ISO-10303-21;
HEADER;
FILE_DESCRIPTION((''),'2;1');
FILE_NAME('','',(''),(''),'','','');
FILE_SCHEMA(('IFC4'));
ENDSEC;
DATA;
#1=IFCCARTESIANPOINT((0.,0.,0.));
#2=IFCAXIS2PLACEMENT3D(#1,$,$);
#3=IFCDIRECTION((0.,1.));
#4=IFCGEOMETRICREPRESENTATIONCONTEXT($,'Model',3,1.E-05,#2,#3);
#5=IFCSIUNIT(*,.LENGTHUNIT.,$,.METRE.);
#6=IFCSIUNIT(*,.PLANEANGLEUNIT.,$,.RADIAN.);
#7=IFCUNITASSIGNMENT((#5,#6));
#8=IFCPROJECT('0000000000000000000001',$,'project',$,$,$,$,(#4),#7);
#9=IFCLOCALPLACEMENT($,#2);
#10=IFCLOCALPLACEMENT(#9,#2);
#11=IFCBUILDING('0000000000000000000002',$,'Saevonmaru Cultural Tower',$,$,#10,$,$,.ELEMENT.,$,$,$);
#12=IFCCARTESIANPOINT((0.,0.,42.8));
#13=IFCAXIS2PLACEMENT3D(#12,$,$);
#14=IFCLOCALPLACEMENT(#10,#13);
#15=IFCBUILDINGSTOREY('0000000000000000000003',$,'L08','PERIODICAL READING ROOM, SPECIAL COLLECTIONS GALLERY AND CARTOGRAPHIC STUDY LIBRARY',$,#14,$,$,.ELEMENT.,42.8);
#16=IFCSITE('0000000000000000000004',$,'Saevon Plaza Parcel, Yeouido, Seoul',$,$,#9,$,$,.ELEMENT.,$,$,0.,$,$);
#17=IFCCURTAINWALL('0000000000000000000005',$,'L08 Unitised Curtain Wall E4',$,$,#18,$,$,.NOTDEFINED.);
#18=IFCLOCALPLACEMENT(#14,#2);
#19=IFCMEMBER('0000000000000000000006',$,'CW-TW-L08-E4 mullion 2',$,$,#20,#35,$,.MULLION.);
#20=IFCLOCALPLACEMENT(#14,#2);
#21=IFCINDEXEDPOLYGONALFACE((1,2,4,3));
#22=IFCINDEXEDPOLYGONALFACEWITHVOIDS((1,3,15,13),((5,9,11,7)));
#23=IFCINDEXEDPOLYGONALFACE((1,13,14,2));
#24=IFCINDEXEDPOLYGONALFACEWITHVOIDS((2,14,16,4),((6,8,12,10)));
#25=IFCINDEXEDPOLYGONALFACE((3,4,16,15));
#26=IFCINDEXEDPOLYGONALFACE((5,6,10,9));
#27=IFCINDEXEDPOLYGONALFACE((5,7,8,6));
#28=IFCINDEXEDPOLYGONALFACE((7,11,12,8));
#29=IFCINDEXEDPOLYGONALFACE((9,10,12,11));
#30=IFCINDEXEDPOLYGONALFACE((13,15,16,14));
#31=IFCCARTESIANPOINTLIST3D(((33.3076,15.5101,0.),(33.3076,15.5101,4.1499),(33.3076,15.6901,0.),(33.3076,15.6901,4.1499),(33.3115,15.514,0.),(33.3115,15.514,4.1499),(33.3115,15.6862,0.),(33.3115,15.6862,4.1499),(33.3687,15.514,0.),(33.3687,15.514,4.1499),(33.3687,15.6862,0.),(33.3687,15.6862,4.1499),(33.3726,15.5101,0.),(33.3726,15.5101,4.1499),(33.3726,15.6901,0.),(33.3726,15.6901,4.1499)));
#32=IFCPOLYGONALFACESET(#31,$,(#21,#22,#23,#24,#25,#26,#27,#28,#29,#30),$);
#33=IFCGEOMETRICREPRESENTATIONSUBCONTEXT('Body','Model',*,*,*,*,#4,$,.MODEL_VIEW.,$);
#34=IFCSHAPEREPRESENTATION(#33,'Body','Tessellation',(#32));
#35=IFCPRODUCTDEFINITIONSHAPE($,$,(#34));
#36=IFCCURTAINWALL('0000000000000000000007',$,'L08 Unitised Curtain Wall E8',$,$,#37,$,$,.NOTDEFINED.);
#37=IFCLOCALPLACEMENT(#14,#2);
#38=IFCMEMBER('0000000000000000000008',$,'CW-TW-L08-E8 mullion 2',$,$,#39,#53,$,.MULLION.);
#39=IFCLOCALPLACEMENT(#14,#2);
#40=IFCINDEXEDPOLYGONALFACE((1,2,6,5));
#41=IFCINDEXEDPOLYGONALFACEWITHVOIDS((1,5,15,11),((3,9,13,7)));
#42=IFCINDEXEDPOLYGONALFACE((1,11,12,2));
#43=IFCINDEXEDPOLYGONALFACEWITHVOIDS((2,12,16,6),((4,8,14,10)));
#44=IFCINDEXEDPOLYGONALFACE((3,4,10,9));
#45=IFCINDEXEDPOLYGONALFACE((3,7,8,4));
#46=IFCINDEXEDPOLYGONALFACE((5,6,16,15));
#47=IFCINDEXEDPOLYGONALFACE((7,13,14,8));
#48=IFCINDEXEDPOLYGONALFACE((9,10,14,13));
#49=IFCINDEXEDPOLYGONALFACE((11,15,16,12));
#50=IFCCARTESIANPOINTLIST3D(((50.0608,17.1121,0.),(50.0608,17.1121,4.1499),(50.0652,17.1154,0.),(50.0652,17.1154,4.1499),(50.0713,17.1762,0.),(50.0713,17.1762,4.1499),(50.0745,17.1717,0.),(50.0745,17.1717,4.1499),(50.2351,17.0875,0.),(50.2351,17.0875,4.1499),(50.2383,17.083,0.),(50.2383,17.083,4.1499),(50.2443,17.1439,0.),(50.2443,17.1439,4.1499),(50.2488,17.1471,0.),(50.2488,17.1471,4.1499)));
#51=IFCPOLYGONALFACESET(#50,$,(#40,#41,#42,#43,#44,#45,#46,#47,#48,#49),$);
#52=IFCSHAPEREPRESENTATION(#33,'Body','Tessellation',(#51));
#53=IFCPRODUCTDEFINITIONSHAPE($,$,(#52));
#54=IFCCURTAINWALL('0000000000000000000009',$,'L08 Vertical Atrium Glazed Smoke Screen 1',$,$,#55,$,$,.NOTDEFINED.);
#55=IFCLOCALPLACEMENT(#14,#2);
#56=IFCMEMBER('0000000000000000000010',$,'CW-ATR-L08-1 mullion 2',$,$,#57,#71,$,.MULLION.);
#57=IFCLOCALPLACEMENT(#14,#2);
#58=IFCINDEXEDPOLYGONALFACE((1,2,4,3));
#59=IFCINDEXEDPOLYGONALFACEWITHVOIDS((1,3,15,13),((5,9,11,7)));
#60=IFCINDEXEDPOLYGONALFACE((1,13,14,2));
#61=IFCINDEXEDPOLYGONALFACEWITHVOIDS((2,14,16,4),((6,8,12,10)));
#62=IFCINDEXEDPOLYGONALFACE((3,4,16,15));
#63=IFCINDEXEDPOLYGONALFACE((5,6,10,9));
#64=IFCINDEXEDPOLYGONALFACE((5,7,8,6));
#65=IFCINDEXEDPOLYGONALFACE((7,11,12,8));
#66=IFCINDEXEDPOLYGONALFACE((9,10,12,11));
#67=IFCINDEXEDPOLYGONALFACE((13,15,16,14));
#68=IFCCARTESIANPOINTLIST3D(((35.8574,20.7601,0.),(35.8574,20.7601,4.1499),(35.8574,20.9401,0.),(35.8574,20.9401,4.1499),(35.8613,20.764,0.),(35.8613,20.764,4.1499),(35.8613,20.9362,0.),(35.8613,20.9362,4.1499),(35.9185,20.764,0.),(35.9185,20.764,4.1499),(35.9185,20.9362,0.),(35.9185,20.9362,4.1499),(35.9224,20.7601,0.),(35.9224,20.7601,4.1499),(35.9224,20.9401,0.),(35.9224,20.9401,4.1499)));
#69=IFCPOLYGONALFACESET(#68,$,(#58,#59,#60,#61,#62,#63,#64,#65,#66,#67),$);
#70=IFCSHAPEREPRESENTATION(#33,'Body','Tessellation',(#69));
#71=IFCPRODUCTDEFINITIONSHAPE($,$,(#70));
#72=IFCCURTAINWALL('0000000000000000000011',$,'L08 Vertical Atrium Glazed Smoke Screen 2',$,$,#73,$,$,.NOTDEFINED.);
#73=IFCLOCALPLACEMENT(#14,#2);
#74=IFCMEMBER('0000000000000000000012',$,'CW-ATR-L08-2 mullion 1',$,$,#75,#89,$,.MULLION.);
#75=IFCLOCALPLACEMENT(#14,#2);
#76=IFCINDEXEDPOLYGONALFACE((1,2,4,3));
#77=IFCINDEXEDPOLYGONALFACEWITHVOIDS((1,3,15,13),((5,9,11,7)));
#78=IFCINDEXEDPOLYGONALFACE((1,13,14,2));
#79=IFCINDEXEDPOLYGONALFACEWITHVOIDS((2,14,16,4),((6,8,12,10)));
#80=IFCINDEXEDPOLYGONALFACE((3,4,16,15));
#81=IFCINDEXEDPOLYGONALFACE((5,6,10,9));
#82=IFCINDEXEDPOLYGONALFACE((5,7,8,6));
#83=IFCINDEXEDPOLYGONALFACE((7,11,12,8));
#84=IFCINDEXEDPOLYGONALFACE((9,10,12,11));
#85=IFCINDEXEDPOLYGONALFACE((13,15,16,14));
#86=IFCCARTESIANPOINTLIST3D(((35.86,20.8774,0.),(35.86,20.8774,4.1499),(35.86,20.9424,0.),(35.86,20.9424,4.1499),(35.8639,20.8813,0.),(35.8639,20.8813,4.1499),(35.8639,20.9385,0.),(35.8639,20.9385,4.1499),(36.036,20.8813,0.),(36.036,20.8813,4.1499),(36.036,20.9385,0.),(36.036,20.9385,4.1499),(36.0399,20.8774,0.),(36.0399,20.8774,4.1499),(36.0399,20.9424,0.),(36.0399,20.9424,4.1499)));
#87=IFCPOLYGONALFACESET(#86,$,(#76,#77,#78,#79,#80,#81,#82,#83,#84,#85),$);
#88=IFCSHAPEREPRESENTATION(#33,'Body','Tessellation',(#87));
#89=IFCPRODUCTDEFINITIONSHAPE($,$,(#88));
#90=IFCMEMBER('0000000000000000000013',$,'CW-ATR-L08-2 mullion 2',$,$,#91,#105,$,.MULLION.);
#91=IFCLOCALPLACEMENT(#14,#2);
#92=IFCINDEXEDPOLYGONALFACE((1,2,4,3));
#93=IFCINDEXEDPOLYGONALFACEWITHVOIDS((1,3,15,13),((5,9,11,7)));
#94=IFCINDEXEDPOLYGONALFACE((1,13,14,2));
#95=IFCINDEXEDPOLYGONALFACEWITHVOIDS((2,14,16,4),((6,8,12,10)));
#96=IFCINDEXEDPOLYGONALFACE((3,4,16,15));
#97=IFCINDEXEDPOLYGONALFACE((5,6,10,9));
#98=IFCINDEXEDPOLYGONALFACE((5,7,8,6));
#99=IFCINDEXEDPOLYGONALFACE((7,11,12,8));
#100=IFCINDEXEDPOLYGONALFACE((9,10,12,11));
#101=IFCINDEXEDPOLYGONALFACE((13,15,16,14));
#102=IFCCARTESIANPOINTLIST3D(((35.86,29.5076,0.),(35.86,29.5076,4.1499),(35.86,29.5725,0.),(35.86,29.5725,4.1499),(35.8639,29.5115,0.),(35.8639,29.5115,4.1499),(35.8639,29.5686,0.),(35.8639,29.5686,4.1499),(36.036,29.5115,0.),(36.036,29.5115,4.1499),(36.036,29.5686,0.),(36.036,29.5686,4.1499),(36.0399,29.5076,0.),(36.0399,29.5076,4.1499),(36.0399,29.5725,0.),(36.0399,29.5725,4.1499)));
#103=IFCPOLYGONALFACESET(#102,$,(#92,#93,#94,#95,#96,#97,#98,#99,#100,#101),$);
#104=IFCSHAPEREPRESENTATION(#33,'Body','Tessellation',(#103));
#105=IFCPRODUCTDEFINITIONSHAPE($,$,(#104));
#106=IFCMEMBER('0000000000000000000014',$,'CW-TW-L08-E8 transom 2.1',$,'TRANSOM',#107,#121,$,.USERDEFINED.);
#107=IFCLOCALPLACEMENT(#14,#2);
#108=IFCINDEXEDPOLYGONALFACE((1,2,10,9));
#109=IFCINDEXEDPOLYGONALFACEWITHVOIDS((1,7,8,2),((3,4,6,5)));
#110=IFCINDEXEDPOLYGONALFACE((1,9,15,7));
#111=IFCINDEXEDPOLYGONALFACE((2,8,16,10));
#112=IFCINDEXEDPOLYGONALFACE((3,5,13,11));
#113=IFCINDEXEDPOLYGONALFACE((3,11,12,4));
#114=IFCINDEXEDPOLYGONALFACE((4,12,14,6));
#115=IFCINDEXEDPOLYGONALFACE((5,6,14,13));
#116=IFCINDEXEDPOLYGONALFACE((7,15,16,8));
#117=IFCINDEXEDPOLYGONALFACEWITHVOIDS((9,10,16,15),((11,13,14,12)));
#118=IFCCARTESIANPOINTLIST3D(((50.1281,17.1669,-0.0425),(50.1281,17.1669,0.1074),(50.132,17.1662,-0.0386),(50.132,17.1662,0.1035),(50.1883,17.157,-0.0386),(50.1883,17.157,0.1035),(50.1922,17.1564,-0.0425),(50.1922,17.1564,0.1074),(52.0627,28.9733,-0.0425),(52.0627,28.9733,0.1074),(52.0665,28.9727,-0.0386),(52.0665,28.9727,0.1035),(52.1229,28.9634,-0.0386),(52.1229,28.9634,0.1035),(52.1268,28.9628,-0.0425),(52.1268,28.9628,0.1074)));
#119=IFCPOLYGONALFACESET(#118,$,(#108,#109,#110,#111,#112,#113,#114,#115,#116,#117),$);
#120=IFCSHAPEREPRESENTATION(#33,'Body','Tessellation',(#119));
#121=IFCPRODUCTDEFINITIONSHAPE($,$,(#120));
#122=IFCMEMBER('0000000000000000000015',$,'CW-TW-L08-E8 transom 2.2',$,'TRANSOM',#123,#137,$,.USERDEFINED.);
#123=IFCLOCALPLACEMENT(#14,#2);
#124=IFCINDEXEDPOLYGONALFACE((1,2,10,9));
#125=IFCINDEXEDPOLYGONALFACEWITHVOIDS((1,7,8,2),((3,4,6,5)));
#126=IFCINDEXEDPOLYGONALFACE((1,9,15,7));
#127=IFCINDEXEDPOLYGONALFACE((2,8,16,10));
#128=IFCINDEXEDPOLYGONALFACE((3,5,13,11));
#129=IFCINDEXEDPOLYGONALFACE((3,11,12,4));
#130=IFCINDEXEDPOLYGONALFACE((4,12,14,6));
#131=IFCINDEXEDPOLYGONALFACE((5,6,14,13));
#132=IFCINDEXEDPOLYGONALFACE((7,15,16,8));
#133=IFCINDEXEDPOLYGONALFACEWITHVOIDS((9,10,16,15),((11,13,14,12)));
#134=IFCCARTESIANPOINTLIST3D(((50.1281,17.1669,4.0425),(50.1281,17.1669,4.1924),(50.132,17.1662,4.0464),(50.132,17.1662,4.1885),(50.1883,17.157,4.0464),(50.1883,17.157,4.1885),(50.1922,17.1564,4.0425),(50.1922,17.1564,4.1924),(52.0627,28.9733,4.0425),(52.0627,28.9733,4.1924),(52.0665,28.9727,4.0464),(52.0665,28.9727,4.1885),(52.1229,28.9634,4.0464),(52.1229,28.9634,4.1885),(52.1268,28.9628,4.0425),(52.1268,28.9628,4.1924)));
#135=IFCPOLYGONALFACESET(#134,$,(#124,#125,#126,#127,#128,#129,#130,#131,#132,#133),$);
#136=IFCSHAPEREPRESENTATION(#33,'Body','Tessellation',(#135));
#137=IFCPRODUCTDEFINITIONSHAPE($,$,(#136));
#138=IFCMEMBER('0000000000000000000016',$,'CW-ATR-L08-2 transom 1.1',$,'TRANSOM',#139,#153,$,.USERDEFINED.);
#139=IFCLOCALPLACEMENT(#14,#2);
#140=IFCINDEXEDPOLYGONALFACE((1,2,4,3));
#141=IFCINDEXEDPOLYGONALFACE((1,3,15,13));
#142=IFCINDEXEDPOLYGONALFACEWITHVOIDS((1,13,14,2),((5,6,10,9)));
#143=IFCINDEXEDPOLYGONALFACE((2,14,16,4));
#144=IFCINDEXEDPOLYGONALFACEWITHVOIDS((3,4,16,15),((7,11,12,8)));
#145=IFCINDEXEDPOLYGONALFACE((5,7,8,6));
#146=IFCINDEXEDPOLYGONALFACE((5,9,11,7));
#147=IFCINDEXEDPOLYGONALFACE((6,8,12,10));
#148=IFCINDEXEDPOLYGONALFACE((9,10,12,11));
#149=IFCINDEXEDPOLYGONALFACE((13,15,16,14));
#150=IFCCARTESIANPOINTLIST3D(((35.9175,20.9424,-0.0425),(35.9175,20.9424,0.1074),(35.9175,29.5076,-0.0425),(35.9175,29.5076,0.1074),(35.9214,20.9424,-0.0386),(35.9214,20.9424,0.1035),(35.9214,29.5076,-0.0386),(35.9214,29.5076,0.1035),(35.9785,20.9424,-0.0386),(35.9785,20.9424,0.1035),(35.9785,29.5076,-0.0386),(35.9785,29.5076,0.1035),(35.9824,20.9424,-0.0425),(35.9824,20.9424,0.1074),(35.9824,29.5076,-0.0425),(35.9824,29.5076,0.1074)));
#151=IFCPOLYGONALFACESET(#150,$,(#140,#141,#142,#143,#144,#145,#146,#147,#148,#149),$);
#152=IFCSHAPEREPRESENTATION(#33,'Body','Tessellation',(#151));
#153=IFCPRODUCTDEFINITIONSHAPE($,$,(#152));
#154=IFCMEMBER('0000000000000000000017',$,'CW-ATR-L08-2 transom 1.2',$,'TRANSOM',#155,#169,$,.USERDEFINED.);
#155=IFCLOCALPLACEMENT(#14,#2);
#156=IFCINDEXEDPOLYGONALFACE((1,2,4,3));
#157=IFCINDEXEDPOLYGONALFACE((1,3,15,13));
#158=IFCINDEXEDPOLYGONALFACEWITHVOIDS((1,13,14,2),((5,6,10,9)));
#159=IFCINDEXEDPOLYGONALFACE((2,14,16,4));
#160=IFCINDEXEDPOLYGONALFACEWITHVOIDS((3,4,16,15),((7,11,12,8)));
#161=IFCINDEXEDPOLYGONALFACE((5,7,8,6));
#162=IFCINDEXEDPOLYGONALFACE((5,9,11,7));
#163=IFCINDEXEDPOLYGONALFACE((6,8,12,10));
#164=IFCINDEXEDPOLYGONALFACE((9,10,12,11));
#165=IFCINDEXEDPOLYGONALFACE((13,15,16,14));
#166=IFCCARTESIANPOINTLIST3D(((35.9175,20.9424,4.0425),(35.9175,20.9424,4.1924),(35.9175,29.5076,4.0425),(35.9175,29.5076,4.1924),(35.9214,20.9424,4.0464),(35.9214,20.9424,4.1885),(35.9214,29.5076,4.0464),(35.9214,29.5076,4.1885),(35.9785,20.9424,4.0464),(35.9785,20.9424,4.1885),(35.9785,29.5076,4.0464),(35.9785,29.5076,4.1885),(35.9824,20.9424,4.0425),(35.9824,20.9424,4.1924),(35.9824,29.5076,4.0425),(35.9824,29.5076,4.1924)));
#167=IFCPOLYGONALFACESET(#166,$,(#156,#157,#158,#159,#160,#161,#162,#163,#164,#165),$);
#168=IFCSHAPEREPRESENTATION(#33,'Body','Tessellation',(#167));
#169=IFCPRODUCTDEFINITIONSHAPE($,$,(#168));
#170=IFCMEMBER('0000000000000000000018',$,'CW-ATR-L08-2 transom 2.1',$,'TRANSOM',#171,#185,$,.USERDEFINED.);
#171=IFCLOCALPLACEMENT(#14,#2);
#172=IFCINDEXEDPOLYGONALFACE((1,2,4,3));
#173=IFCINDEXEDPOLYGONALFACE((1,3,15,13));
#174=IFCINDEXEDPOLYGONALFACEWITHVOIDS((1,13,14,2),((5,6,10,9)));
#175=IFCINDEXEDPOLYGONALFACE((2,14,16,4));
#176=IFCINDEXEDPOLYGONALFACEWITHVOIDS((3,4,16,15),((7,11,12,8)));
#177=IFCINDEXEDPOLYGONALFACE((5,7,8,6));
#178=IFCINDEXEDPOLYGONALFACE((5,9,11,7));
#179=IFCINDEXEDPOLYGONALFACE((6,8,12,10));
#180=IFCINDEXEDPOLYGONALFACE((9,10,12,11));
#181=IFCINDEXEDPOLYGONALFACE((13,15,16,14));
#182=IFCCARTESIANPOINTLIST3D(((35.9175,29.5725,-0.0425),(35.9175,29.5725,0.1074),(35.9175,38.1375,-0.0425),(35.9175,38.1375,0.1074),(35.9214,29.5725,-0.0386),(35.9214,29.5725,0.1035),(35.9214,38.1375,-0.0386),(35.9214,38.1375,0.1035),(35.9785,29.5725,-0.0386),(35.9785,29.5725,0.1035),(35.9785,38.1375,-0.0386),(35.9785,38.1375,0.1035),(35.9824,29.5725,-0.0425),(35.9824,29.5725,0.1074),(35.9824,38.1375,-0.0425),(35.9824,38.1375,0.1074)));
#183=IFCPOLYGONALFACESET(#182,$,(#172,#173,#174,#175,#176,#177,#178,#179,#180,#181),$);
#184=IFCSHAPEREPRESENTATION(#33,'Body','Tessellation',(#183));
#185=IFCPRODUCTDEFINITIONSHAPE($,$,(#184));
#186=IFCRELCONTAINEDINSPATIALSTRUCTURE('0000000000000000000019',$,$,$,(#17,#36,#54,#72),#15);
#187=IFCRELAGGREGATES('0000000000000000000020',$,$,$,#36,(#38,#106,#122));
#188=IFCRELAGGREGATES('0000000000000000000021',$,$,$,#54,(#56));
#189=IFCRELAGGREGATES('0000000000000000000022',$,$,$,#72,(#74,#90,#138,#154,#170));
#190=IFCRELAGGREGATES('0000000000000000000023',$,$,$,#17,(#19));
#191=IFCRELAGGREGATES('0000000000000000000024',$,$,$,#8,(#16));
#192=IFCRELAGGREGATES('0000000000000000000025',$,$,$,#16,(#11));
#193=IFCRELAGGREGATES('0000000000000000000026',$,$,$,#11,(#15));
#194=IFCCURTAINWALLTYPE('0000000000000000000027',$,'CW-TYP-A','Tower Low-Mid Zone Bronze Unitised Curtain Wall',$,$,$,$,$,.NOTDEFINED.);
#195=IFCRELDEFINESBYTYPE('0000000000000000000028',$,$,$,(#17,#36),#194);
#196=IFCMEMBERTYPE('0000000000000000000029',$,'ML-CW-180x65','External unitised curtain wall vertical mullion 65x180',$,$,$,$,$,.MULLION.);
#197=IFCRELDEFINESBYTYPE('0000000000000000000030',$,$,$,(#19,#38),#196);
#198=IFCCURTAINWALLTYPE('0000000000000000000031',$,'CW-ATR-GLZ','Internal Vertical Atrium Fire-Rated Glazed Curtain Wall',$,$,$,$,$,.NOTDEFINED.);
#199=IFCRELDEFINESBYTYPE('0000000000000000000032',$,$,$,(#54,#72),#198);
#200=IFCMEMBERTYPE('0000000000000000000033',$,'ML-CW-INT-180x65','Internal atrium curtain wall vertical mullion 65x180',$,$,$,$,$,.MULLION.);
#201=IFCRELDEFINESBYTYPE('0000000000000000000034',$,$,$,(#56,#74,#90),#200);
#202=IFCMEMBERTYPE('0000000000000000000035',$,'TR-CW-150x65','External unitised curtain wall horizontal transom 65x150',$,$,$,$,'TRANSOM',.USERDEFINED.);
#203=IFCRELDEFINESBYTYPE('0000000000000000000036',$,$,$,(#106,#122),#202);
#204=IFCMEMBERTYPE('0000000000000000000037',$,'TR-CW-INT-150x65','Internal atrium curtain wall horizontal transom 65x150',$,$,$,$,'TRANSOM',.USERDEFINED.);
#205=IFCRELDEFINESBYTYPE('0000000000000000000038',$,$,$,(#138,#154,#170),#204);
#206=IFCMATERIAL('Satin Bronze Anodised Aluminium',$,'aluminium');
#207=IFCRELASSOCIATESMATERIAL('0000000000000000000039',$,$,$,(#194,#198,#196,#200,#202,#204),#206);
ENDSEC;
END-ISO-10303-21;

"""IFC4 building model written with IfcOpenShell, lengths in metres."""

from ifc_helpers import new_model, si_unit, direction, frame, origin, origin_2d, place, context, subcontext, project, spatial, hollow_rectangle, extrude, material, material_profile, profile_set, type_object, element, aggregate, save


model = new_model("IFC4")

# Units and contexts
model_context = context("Model", 3, precision=1e-05, world=origin(), true_north=direction((0.0, 1.0)))
body_context = subcontext(model_context, "Body", "Model", "MODEL_VIEW")
ifc_project = project(units=[si_unit("LENGTHUNIT", "METRE"), si_unit("PLANEANGLEUNIT", "RADIAN")], contexts=[model_context])

# Site, building, storey
site_placement = place(None, origin())
site = spatial("IfcSite", under=ifc_project, at=site_placement, Name="Saevon Plaza Parcel, Yeouido, Seoul", CompositionType="ELEMENT", RefElevation=0.0)
building_placement = place(site_placement, origin())
building = spatial("IfcBuilding", under=site, at=building_placement, Name="Saevonmaru Cultural Tower", CompositionType="ELEMENT")
storey_placement = place(building_placement, frame((0.0, 0.0, 42.8)))
storey = spatial("IfcBuildingStorey", under=building, at=storey_placement, Name="L08", Description="PERIODICAL READING ROOM, SPECIAL COLLECTIONS GALLERY AND CARTOGRAPHIC STUDY LIBRARY", CompositionType="ELEMENT", Elevation=42.8)

# Curtain walls, members
ifc_material_1 = material(Name="Satin Bronze Anodised Aluminium", Category="aluminium")
curtain_wall_type_1 = type_object("IfcCurtainWallType", Name="CW-TYP-A", Description="Tower Low-Mid Zone Bronze Unitised Curtain Wall", PredefinedType="NOTDEFINED", material=ifc_material_1)
curtain_wall_1_placement = place(storey_placement, origin())
curtain_wall_1 = element("IfcCurtainWall", 1, at=curtain_wall_1_placement, inside=storey, type_object=curtain_wall_type_1, Name="L08 Unitised Curtain Wall E4", PredefinedType="NOTDEFINED")
ifc_material_profile_1 = material_profile(ifc_material_1, hollow_rectangle(XDim=0.0649, YDim=0.1799, WallThickness=0.0039, at=origin_2d()), Name="ALU-MULL-180x65x4")
ifc_profile_set_1 = profile_set([ifc_material_profile_1], Name="Satin Bronze Anodised Aluminium")
member_type_1 = type_object("IfcMemberType", Name="ML-CW-180x65", Description="External unitised curtain wall vertical mullion 65x180", PredefinedType="MULLION", material=ifc_profile_set_1)
member_1_placement = place(storey_placement, frame((33.3401, 15.6001, 0.0), z_axis=(0.0, 0.0, 1.0), x_axis=(1.0, 0.0, 0.0)))
member_1 = element("IfcMember", 2, at=member_1_placement, type_object=member_type_1, Name="CW-TW-L08-E4 mullion 2", PredefinedType="MULLION", context=body_context, shape_type="SweptSolid", body=[
    extrude(hollow_rectangle(XDim=0.0649, YDim=0.1799, WallThickness=0.0039, at=origin_2d()), origin(), (0.0, 0.0, 1.0), 4.1499),
])
curtain_wall_2_placement = place(storey_placement, origin())
curtain_wall_2 = element("IfcCurtainWall", 3, at=curtain_wall_2_placement, inside=storey, type_object=curtain_wall_type_1, Name="L08 Unitised Curtain Wall E8", PredefinedType="NOTDEFINED")
member_2_placement = place(storey_placement, frame((50.1548, 17.1296, 0.0), z_axis=(0.0, 0.0, 1.0), x_axis=(0.161709, 0.986839, 0.0)))
member_2 = element("IfcMember", 4, at=member_2_placement, type_object=member_type_1, Name="CW-TW-L08-E8 mullion 2", PredefinedType="MULLION", context=body_context, shape_type="SweptSolid", body=[
    extrude(hollow_rectangle(XDim=0.0649, YDim=0.1799, WallThickness=0.0039, at=origin_2d()), origin(), (0.0, 0.0, 1.0), 4.1499),
])
curtain_wall_type_2 = type_object("IfcCurtainWallType", Name="CW-ATR-GLZ", Description="Internal Vertical Atrium Fire-Rated Glazed Curtain Wall", PredefinedType="NOTDEFINED", material=ifc_material_1)
curtain_wall_3_placement = place(storey_placement, origin())
curtain_wall_3 = element("IfcCurtainWall", 5, at=curtain_wall_3_placement, inside=storey, type_object=curtain_wall_type_2, Name="L08 Vertical Atrium Glazed Smoke Screen 1", PredefinedType="NOTDEFINED")
ifc_material_profile_2 = material_profile(ifc_material_1, hollow_rectangle(XDim=0.0649, YDim=0.1799, WallThickness=0.0039, at=origin_2d()), Name="ALU-MULL-180x65x4")
ifc_profile_set_2 = profile_set([ifc_material_profile_2], Name="Satin Bronze Anodised Aluminium")
member_type_2 = type_object("IfcMemberType", Name="ML-CW-INT-180x65", Description="Internal atrium curtain wall vertical mullion 65x180", PredefinedType="MULLION", material=ifc_profile_set_2)
member_3_placement = place(storey_placement, frame((35.8899, 20.8501, 0.0), z_axis=(0.0, 0.0, 1.0), x_axis=(1.0, 0.0, 0.0)))
member_3 = element("IfcMember", 6, at=member_3_placement, type_object=member_type_2, Name="CW-ATR-L08-1 mullion 2", PredefinedType="MULLION", context=body_context, shape_type="SweptSolid", body=[
    extrude(hollow_rectangle(XDim=0.0649, YDim=0.1799, WallThickness=0.0039, at=origin_2d()), origin(), (0.0, 0.0, 1.0), 4.1499),
])

# Curtain wall, members
curtain_wall_4_placement = place(storey_placement, origin())
curtain_wall_4 = element("IfcCurtainWall", 7, at=curtain_wall_4_placement, inside=storey, type_object=curtain_wall_type_2, Name="L08 Vertical Atrium Glazed Smoke Screen 2", PredefinedType="NOTDEFINED")
member_4_placement = place(storey_placement, frame((35.95, 20.9099, 0.0), z_axis=(0.0, 0.0, 1.0), x_axis=(0.0, 1.0, 0.0)))
member_4 = element("IfcMember", 8, at=member_4_placement, type_object=member_type_2, Name="CW-ATR-L08-2 mullion 1", PredefinedType="MULLION", context=body_context, shape_type="SweptSolid", body=[
    extrude(hollow_rectangle(XDim=0.0649, YDim=0.1799, WallThickness=0.0039, at=origin_2d()), origin(), (0.0, 0.0, 1.0), 4.1499),
])
member_5_placement = place(storey_placement, frame((35.95, 29.54, 0.0), z_axis=(0.0, 0.0, 1.0), x_axis=(0.0, 1.0, 0.0)))
member_5 = element("IfcMember", 9, at=member_5_placement, type_object=member_type_2, Name="CW-ATR-L08-2 mullion 2", PredefinedType="MULLION", context=body_context, shape_type="SweptSolid", body=[
    extrude(hollow_rectangle(XDim=0.0649, YDim=0.1799, WallThickness=0.0039, at=origin_2d()), origin(), (0.0, 0.0, 1.0), 4.1499),
])

# Members
ifc_material_profile_3 = material_profile(ifc_material_1, hollow_rectangle(XDim=0.0649, YDim=0.1499, WallThickness=0.0039, at=origin_2d()), Name="ALU-TRAN-150x65x4")
ifc_profile_set_3 = profile_set([ifc_material_profile_3], Name="Satin Bronze Anodised Aluminium")
member_type_3 = type_object("IfcMemberType", Name="TR-CW-150x65", Description="External unitised curtain wall horizontal transom 65x150", ElementType="TRANSOM", PredefinedType="USERDEFINED", material=ifc_profile_set_3)
member_6_placement = place(storey_placement, frame((50.1602, 17.1616, 0.0325), z_axis=(0.161701, 0.98684, 0.0), x_axis=(-0.98684, 0.161701, 0.0)))
member_6 = element("IfcMember", 10, at=member_6_placement, type_object=member_type_3, Name="CW-TW-L08-E8 transom 2.1", ObjectType="TRANSOM", PredefinedType="USERDEFINED", context=body_context, shape_type="SweptSolid", body=[
    extrude(hollow_rectangle(XDim=0.0649, YDim=0.1499, WallThickness=0.0039, at=origin_2d()), origin(), (0.0, 0.0, 1.0), 11.9639),
])
member_7_placement = place(storey_placement, frame((50.1602, 17.1616, 4.1174), z_axis=(0.161701, 0.98684, 0.0), x_axis=(-0.98684, 0.161701, 0.0)))
member_7 = element("IfcMember", 11, at=member_7_placement, type_object=member_type_3, Name="CW-TW-L08-E8 transom 2.2", ObjectType="TRANSOM", PredefinedType="USERDEFINED", context=body_context, shape_type="SweptSolid", body=[
    extrude(hollow_rectangle(XDim=0.0649, YDim=0.1499, WallThickness=0.0039, at=origin_2d()), origin(), (0.0, 0.0, 1.0), 11.9639),
])
aggregate(curtain_wall_2, [member_2, member_6, member_7])
ifc_material_profile_4 = material_profile(ifc_material_1, hollow_rectangle(XDim=0.0649, YDim=0.1499, WallThickness=0.0039, at=origin_2d()), Name="ALU-TRAN-150x65x4")
ifc_profile_set_4 = profile_set([ifc_material_profile_4], Name="Satin Bronze Anodised Aluminium")
member_type_4 = type_object("IfcMemberType", Name="TR-CW-INT-150x65", Description="Internal atrium curtain wall horizontal transom 65x150", ElementType="TRANSOM", PredefinedType="USERDEFINED", material=ifc_profile_set_4)
member_8_placement = place(storey_placement, frame((35.95, 20.9424, 0.0325), z_axis=(0.0, 1.0, 0.0), x_axis=(-1.0, 0.0, 0.0)))
member_8 = element("IfcMember", 12, at=member_8_placement, type_object=member_type_4, Name="CW-ATR-L08-2 transom 1.1", ObjectType="TRANSOM", PredefinedType="USERDEFINED", context=body_context, shape_type="SweptSolid", body=[
    extrude(hollow_rectangle(XDim=0.0649, YDim=0.1499, WallThickness=0.0039, at=origin_2d()), origin(), (0.0, 0.0, 1.0), 8.5652),
])
member_9_placement = place(storey_placement, frame((35.95, 20.9424, 4.1174), z_axis=(0.0, 1.0, 0.0), x_axis=(-1.0, 0.0, 0.0)))
member_9 = element("IfcMember", 13, at=member_9_placement, type_object=member_type_4, Name="CW-ATR-L08-2 transom 1.2", ObjectType="TRANSOM", PredefinedType="USERDEFINED", context=body_context, shape_type="SweptSolid", body=[
    extrude(hollow_rectangle(XDim=0.0649, YDim=0.1499, WallThickness=0.0039, at=origin_2d()), origin(), (0.0, 0.0, 1.0), 8.5652),
])
member_10_placement = place(storey_placement, frame((35.95, 29.5725, 0.0325), z_axis=(0.0, 1.0, 0.0), x_axis=(-1.0, 0.0, 0.0)))
member_10 = element("IfcMember", 14, at=member_10_placement, type_object=member_type_4, Name="CW-ATR-L08-2 transom 2.1", ObjectType="TRANSOM", PredefinedType="USERDEFINED", context=body_context, shape_type="SweptSolid", body=[
    extrude(hollow_rectangle(XDim=0.0649, YDim=0.1499, WallThickness=0.0039, at=origin_2d()), origin(), (0.0, 0.0, 1.0), 8.5649),
])

aggregate(curtain_wall_3, [member_3])
aggregate(curtain_wall_4, [member_4, member_5, member_8, member_9, member_10])
aggregate(curtain_wall_1, [member_1])

save(model, "model.ifc")
